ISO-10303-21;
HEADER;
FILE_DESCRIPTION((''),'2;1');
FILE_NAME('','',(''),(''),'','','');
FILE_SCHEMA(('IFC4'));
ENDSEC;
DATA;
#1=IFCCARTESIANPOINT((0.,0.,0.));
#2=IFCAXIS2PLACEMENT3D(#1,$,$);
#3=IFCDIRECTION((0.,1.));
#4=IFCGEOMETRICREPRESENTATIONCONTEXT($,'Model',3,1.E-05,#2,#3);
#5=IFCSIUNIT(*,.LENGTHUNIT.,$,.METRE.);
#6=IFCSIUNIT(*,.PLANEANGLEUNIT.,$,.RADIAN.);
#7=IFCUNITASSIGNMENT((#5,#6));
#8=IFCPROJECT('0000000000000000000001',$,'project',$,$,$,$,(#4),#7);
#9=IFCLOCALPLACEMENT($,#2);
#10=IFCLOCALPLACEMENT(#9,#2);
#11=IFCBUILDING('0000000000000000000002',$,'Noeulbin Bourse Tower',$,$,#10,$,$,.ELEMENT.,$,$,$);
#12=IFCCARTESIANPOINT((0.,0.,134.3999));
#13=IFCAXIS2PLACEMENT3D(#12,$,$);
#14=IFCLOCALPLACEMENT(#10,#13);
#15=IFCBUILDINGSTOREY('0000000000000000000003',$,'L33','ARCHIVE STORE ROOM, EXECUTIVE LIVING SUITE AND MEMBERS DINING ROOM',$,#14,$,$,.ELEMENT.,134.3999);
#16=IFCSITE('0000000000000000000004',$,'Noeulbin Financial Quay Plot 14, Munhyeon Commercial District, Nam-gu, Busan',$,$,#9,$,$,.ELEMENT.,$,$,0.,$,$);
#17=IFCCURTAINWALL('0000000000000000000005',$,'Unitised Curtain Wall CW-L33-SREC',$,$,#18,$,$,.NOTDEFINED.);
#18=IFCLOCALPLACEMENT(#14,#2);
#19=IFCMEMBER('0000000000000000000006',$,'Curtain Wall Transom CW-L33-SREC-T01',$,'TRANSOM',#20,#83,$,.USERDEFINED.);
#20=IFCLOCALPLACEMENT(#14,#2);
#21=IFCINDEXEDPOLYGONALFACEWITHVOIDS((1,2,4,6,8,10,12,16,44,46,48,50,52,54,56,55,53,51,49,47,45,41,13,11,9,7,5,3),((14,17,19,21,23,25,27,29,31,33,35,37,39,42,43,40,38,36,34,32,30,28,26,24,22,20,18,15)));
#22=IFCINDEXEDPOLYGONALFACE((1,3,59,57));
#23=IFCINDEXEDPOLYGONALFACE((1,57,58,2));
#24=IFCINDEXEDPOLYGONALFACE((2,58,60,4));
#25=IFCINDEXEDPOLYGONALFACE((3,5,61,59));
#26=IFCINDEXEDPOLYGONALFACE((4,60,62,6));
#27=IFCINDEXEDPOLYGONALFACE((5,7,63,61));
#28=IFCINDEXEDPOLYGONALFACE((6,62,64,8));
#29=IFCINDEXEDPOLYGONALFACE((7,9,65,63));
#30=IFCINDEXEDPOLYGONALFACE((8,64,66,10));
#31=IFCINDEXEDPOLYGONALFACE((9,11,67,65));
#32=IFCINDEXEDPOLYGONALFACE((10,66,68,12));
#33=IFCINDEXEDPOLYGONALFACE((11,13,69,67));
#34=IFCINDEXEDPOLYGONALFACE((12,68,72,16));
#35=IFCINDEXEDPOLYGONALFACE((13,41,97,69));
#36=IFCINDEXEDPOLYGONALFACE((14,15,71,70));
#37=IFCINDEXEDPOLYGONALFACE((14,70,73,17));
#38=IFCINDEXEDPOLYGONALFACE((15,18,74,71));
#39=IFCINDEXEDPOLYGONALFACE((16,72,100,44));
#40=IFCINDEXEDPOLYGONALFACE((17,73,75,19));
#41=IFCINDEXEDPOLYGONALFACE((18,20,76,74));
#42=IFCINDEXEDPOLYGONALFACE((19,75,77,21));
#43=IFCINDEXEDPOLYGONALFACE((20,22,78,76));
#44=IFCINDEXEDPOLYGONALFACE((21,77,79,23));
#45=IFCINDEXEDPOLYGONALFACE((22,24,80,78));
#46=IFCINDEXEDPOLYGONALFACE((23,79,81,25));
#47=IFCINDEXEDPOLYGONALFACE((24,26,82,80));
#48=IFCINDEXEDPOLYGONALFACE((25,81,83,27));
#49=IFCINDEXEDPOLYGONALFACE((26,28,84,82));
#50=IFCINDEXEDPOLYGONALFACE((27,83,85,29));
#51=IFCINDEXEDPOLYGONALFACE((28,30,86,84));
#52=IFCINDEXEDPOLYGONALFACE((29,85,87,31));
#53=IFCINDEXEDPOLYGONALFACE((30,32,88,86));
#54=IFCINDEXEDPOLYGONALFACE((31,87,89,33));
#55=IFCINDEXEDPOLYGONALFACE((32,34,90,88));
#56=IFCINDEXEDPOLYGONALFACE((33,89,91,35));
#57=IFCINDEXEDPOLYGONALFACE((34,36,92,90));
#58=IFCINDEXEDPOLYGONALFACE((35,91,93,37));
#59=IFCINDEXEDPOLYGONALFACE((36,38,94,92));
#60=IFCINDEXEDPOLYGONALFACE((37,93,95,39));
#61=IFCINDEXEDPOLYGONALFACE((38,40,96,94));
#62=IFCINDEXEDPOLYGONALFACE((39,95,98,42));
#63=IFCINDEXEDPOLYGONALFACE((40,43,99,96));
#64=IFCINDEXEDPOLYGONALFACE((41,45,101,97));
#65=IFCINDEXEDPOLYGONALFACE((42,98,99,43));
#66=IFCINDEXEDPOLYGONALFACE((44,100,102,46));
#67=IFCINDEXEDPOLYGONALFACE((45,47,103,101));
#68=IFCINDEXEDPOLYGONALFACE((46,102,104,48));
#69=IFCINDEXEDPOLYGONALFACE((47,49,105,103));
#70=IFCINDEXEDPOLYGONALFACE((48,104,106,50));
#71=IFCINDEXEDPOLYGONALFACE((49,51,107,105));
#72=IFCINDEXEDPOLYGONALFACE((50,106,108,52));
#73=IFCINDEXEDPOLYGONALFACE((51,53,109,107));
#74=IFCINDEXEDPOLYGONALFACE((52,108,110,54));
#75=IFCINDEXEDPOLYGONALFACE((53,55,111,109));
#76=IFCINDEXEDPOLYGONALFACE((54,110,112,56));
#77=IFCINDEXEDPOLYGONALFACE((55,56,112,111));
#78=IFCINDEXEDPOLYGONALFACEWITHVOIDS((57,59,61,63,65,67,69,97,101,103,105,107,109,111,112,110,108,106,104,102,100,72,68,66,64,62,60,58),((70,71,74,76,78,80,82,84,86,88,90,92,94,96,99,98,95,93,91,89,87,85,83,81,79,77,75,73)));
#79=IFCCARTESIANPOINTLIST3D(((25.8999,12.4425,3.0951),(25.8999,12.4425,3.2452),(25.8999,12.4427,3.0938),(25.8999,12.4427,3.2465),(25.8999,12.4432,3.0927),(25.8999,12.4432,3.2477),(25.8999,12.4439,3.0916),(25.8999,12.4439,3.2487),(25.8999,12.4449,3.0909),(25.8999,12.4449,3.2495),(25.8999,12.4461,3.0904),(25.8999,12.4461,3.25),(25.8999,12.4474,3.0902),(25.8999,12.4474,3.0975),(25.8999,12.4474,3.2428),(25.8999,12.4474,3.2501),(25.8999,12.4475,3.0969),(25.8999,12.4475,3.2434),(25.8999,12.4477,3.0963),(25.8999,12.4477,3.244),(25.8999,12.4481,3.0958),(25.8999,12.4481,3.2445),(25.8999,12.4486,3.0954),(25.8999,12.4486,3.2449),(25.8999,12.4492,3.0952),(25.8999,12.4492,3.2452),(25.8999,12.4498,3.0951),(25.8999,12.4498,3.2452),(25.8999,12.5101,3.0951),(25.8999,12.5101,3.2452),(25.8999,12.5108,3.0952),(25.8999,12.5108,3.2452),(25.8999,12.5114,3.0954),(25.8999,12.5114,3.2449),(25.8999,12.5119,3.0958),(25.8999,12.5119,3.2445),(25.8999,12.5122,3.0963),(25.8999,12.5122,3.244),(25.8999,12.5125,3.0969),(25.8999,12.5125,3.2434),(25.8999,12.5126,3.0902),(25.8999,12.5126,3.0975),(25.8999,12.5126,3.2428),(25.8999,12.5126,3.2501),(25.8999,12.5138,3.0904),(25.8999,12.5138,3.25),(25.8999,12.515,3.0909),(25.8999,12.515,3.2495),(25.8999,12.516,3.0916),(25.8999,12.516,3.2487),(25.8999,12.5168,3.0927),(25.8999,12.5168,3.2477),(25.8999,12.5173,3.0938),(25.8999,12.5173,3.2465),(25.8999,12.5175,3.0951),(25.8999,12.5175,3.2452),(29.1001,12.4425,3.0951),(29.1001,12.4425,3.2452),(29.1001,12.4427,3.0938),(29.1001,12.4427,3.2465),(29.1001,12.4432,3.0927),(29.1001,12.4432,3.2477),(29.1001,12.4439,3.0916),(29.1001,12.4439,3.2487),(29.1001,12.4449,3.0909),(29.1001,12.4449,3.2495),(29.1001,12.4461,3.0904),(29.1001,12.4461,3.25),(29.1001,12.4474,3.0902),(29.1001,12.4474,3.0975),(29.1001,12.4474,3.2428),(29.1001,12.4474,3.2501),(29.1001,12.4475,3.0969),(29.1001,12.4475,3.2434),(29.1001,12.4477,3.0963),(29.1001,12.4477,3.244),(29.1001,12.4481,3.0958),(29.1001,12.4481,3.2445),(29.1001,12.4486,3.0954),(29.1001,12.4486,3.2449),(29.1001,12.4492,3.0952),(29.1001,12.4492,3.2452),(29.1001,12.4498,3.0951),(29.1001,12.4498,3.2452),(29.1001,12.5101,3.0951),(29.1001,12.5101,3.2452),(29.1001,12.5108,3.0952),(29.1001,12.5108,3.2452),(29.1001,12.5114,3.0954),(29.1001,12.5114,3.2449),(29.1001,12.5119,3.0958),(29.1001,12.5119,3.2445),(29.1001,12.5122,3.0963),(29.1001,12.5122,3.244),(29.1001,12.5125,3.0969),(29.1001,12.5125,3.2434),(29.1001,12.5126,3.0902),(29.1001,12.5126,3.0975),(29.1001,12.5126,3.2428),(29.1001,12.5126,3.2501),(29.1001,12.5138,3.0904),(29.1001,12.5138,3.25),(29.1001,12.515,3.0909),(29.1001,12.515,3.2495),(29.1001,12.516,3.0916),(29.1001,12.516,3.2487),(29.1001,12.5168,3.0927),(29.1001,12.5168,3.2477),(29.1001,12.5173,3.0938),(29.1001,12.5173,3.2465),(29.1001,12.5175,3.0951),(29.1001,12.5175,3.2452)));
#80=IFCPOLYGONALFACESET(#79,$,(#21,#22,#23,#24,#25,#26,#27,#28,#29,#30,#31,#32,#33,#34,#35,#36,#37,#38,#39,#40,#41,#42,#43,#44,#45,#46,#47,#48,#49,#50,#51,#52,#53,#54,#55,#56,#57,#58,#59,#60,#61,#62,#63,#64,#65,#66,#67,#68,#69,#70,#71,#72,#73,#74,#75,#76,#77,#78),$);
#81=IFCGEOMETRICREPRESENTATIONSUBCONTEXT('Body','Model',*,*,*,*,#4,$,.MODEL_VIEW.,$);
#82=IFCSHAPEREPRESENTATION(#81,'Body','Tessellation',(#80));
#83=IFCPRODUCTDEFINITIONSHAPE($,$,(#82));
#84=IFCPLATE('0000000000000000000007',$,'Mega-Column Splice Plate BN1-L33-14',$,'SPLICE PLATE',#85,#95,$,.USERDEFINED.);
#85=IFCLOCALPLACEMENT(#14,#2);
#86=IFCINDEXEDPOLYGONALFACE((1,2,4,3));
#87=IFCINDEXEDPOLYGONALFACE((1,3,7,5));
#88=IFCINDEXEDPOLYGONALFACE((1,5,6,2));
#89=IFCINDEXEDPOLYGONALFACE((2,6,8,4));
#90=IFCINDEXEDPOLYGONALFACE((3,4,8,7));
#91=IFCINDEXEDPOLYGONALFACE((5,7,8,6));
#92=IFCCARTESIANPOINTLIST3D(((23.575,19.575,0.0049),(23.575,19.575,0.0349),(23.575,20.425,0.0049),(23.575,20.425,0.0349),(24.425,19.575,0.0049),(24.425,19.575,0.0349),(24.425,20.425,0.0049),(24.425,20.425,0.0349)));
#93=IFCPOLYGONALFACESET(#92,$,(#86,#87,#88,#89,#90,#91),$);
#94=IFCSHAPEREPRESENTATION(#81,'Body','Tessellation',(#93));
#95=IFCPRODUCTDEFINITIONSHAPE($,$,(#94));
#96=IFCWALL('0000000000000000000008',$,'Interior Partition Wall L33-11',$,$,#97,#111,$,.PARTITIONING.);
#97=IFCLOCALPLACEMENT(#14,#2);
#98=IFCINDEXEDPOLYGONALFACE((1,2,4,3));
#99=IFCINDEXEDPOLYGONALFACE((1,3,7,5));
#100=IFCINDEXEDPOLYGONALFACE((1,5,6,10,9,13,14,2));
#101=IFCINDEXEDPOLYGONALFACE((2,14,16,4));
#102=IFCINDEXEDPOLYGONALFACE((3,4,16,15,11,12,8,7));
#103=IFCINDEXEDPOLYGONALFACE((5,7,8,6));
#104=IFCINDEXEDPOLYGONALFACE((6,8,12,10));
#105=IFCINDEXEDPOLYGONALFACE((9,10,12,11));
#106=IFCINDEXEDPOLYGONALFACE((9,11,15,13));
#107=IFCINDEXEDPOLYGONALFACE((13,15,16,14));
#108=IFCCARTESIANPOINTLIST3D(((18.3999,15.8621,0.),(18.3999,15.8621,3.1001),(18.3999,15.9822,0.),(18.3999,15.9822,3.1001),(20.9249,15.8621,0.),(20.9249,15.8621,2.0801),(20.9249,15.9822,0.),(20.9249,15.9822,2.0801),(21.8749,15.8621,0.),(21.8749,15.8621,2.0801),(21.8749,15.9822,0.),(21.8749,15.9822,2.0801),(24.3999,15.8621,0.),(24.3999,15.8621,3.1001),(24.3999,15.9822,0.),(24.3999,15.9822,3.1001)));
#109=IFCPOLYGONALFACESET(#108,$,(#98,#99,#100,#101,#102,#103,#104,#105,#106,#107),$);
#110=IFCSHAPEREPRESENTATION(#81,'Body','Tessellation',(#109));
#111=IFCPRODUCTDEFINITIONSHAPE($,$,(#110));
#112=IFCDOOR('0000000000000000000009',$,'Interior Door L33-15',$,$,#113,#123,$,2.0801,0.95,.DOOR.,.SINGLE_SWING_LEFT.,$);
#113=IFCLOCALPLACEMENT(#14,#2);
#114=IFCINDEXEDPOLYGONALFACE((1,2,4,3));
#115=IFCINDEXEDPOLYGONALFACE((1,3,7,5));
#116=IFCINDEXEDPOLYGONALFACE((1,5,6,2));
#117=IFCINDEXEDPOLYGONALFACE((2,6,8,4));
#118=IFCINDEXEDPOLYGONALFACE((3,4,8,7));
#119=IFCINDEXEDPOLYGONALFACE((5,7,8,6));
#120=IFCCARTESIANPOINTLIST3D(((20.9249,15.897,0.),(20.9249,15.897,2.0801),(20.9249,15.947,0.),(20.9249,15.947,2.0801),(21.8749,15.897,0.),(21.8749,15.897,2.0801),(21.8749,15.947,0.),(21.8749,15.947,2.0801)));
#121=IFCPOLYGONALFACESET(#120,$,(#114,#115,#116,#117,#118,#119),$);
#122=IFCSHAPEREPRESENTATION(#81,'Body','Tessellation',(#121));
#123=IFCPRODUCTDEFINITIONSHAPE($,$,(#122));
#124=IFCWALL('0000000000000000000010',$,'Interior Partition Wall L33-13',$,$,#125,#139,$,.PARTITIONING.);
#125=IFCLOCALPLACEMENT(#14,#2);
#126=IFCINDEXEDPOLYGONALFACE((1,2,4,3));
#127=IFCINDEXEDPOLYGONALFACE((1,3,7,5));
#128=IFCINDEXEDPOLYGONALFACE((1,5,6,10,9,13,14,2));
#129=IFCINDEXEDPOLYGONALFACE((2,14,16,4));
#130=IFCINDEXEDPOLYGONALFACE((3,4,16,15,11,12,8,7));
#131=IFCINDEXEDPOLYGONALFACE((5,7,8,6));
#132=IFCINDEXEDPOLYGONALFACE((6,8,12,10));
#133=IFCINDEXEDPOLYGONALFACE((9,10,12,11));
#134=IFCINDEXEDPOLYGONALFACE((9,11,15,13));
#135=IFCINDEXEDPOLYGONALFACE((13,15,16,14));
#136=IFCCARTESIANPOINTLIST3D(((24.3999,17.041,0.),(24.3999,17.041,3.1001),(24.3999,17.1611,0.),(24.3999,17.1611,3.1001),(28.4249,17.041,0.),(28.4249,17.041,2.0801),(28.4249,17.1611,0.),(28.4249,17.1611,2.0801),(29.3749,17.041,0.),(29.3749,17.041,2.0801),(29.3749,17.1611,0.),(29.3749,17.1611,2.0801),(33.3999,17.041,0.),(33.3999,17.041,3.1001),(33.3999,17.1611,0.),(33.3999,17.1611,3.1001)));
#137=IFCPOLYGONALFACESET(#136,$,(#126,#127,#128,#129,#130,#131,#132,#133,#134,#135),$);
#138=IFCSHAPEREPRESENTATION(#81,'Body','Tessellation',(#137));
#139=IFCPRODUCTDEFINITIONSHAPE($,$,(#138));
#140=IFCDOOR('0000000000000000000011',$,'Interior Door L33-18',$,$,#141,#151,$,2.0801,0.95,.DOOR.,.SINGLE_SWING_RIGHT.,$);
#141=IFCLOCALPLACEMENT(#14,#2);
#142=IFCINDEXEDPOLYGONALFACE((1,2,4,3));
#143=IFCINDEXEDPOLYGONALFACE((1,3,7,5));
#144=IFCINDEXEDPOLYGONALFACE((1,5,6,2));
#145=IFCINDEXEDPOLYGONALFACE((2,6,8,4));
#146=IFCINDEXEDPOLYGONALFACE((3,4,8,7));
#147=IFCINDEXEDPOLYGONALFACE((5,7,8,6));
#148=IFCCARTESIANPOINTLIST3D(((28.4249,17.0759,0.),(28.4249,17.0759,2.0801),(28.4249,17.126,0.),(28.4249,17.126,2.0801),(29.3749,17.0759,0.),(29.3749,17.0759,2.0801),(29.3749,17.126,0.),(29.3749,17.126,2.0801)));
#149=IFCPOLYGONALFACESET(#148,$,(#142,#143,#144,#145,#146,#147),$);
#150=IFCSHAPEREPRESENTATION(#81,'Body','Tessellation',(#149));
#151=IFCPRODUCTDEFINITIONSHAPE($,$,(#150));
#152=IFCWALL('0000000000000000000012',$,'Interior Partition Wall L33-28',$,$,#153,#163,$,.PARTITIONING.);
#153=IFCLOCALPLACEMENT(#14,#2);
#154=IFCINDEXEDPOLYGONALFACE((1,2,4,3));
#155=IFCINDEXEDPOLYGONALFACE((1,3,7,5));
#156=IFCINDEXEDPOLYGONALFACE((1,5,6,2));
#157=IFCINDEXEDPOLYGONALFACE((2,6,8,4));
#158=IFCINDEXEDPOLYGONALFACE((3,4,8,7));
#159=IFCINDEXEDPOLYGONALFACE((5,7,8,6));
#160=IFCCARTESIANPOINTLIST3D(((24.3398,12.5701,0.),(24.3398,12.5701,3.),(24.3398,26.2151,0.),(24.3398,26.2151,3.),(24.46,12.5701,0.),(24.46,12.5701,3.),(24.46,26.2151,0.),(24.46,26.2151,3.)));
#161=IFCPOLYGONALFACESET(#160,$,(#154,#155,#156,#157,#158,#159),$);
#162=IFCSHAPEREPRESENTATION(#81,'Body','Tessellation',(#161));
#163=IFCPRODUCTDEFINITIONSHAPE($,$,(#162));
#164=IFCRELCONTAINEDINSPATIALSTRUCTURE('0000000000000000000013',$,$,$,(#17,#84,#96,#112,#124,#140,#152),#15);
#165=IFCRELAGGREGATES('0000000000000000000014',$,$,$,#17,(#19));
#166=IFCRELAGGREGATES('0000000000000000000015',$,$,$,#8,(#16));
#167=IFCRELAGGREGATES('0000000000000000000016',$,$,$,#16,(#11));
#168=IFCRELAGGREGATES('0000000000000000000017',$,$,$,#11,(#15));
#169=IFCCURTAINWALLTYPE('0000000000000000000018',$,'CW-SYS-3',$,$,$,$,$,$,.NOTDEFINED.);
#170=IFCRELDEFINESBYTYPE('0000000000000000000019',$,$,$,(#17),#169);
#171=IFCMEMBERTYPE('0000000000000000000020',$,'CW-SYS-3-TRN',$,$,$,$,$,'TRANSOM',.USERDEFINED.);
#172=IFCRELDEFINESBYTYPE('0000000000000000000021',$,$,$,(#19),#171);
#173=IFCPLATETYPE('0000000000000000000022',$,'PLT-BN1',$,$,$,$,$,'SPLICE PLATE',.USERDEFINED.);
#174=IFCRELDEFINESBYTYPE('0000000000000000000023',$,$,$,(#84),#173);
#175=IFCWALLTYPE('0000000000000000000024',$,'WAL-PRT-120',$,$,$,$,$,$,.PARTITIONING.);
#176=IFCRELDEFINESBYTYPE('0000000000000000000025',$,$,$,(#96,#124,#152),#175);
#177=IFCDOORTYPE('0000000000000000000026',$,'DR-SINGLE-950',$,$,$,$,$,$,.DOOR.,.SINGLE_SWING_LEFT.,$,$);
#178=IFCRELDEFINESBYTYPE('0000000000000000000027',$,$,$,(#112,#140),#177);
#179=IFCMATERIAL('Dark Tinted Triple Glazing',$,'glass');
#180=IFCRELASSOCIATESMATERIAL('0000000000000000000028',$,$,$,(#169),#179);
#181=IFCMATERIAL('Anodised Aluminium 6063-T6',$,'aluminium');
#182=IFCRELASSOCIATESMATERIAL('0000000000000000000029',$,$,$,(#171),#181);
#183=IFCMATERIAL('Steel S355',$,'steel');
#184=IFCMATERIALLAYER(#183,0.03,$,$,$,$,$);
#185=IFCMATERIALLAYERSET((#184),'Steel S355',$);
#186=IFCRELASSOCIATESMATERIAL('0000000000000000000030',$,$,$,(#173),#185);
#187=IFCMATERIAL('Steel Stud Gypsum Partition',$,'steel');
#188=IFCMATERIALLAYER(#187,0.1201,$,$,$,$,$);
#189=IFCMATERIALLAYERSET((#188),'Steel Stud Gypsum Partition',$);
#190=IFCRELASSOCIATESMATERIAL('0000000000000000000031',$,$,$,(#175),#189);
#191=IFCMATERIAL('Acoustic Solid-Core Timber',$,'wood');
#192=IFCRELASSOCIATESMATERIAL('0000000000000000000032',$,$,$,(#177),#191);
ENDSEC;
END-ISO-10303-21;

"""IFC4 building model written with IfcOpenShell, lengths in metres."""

from ifc_helpers import new_model, si_unit, direction, frame, frame_2d, origin, origin_2d, place, context, subcontext, project, spatial, rectangle, hollow_rectangle, extrude, material, layer, layer_set, material_profile, profile_set, type_object, element, fill, aggregate, save


model = new_model("IFC4")

# Units and contexts
model_context = context("Model", 3, precision=1e-05, world=origin(), true_north=direction((0.0, 1.0)))
body_context = subcontext(model_context, "Body", "Model", "MODEL_VIEW")
ifc_project = project(units=[si_unit("LENGTHUNIT", "METRE"), si_unit("PLANEANGLEUNIT", "RADIAN")], contexts=[model_context])

# Site, building, storey
site_placement = place(None, origin())
site = spatial("IfcSite", under=ifc_project, at=site_placement, Name="Noeulbin Financial Quay Plot 14, Munhyeon Commercial District, Nam-gu, Busan", CompositionType="ELEMENT", RefElevation=0.0)
building_placement = place(site_placement, origin())
building = spatial("IfcBuilding", under=site, at=building_placement, Name="Noeulbin Bourse Tower", CompositionType="ELEMENT")
storey_placement = place(building_placement, frame((0.0, 0.0, 134.3999)))
storey = spatial("IfcBuildingStorey", under=building, at=storey_placement, Name="L33", Description="ARCHIVE STORE ROOM, EXECUTIVE LIVING SUITE AND MEMBERS DINING ROOM", CompositionType="ELEMENT", Elevation=134.3999)

# Shared definitions
ifc_material_1 = material(Name="Steel S355", Category="steel")

# Curtain wall, member
ifc_material_2 = material(Name="Dark Tinted Triple Glazing", Category="glass")
curtain_wall_type = type_object("IfcCurtainWallType", Name="CW-SYS-3", PredefinedType="NOTDEFINED", material=ifc_material_2)
curtain_wall_placement = place(storey_placement, origin())
curtain_wall = element("IfcCurtainWall", 1, at=curtain_wall_placement, inside=storey, type_object=curtain_wall_type, Name="Unitised Curtain Wall CW-L33-SREC", PredefinedType="NOTDEFINED")
ifc_material_3 = material(Name="Anodised Aluminium 6063-T6", Category="aluminium")
ifc_material_profile_1 = material_profile(ifc_material_3, hollow_rectangle(XDim=0.075, YDim=0.1599, WallThickness=0.0049, InnerFilletRadius=0.0024, OuterFilletRadius=0.0049, at=origin_2d()), Name="ALU-TRAN-75x160x5", Category="LoadBearing")
ifc_profile_set_1 = profile_set([ifc_material_profile_1], Name="Anodised Aluminium 6063-T6")
member_type_1 = type_object("IfcMemberType", Name="CW-SYS-3-TRN", ElementType="TRANSOM", PredefinedType="USERDEFINED", material=ifc_profile_set_1)
member_1_placement = place(storey_placement, frame((25.8999, 12.48, 3.1702), z_axis=(1.0, 0.0, 0.0), x_axis=(0.0, 1.0, 0.0)))
member_1 = element("IfcMember", 2, at=member_1_placement, type_object=member_type_1, Name="Curtain Wall Transom CW-L33-SREC-T01", ObjectType="TRANSOM", PredefinedType="USERDEFINED", context=body_context, shape_type="SweptSolid", body=[
    extrude(hollow_rectangle(XDim=0.075, YDim=0.1599, WallThickness=0.0049, InnerFilletRadius=0.0024, OuterFilletRadius=0.0049, at=origin_2d()), origin(), (0.0, 0.0, 1.0), 3.2002),
])
aggregate(curtain_wall, [member_1])

# Plate
ifc_layer_1 = layer(ifc_material_1, 0.03)
ifc_layer_set_1 = layer_set([ifc_layer_1], Name="Steel S355")
plate_type = type_object("IfcPlateType", Name="PLT-BN1", ElementType="SPLICE PLATE", PredefinedType="USERDEFINED", material=ifc_layer_set_1)
plate_placement = place(storey_placement, frame((24.0, 20.0, 0.0049), z_axis=(0.0, 0.0, 1.0), x_axis=(1.0, 0.0, 0.0)))
element("IfcPlate", 3, at=plate_placement, inside=storey, type_object=plate_type, Name="Mega-Column Splice Plate BN1-L33-14", ObjectType="SPLICE PLATE", PredefinedType="USERDEFINED", context=body_context, shape_type="SweptSolid", body=[
    extrude(rectangle(XDim=0.8501, YDim=0.8501, at=origin_2d()), origin(), (0.0, 0.0, 1.0), 0.03),
])

# Walls, openings, doors
ifc_material_4 = material(Name="Steel Stud Gypsum Partition", Category="steel")
ifc_layer_2 = layer(ifc_material_4, 0.1201)
ifc_layer_set_2 = layer_set([ifc_layer_2], Name="Steel Stud Gypsum Partition")
wall_type = type_object("IfcWallType", Name="WAL-PRT-120", PredefinedType="PARTITIONING", material=ifc_layer_set_2)
wall_1_placement = place(storey_placement, frame((18.3999, 15.9221, 0.0), z_axis=(0.0, 0.0, 1.0), x_axis=(1.0, 0.0, 0.0)))
wall_1 = element("IfcWall", 4, at=wall_1_placement, inside=storey, type_object=wall_type, Name="Interior Partition Wall L33-11", PredefinedType="PARTITIONING", context=body_context, shape_type="SweptSolid", body=[
    extrude(rectangle(XDim=6.0, YDim=0.1201, at=frame_2d((3.0, 0.0))), origin(), (0.0, 0.0, 1.0), 3.1001),
])
opening_1_placement = place(wall_1_placement, frame((2.5249, 0.0, 0.0)))
opening_1 = element("IfcOpeningElement", 5, at=opening_1_placement, cuts=wall_1, PredefinedType="OPENING", context=body_context, shape_type="SweptSolid", body=[
    extrude(rectangle(XDim=0.95, YDim=2.0801, at=frame_2d((0.4751, 1.04))), frame((0.0, 0.0701, 0.0), z_axis=(0.0, -1.0, 0.0), x_axis=(1.0, 0.0, 0.0)), (0.0, 0.0, 1.0), 0.1401),
])
ifc_material_5 = material(Name="Acoustic Solid-Core Timber", Category="wood")
door_type = type_object("IfcDoorType", Name="DR-SINGLE-950", OperationType="SINGLE_SWING_LEFT", PredefinedType="DOOR", material=ifc_material_5)
door_1_placement = place(opening_1_placement, origin())
door_1 = element("IfcDoor", 6, at=door_1_placement, inside=storey, type_object=door_type, Name="Interior Door L33-15", OperationType="SINGLE_SWING_LEFT", OverallHeight=2.0801, OverallWidth=0.95, PredefinedType="DOOR", context=body_context, shape_type="SweptSolid", body=[
    extrude(rectangle(XDim=0.95, YDim=2.0801, at=frame_2d((0.4751, 1.04))), frame((0.0, 0.0249, 0.0), z_axis=(0.0, -1.0, 0.0), x_axis=(1.0, 0.0, 0.0)), (0.0, 0.0, 1.0), 0.05),
])
fill(opening_1, door_1)
wall_2_placement = place(storey_placement, frame((24.3999, 17.1011, 0.0), z_axis=(0.0, 0.0, 1.0), x_axis=(1.0, 0.0, 0.0)))
wall_2 = element("IfcWall", 7, at=wall_2_placement, inside=storey, type_object=wall_type, Name="Interior Partition Wall L33-13", PredefinedType="PARTITIONING", context=body_context, shape_type="SweptSolid", body=[
    extrude(rectangle(XDim=9.0, YDim=0.1201, at=frame_2d((4.5, 0.0))), origin(), (0.0, 0.0, 1.0), 3.1001),
])
opening_2_placement = place(wall_2_placement, frame((4.0249, 0.0, 0.0)))
opening_2 = element("IfcOpeningElement", 8, at=opening_2_placement, cuts=wall_2, PredefinedType="OPENING", context=body_context, shape_type="SweptSolid", body=[
    extrude(rectangle(XDim=0.95, YDim=2.0801, at=frame_2d((0.4751, 1.04))), frame((0.0, 0.0701, 0.0), z_axis=(0.0, -1.0, 0.0), x_axis=(1.0, 0.0, 0.0)), (0.0, 0.0, 1.0), 0.1401),
])
door_2_placement = place(opening_2_placement, origin())
door_2 = element("IfcDoor", 9, at=door_2_placement, inside=storey, type_object=door_type, Name="Interior Door L33-18", OperationType="SINGLE_SWING_RIGHT", OverallHeight=2.0801, OverallWidth=0.95, PredefinedType="DOOR", context=body_context, shape_type="SweptSolid", body=[
    extrude(rectangle(XDim=0.95, YDim=2.0801, at=frame_2d((0.4751, 1.04))), frame((0.0, 0.0249, 0.0), z_axis=(0.0, -1.0, 0.0), x_axis=(1.0, 0.0, 0.0)), (0.0, 0.0, 1.0), 0.05),
])
fill(opening_2, door_2)

# Wall
wall_3_placement = place(storey_placement, frame((24.3999, 12.5701, 0.0), z_axis=(0.0, 0.0, 1.0), x_axis=(0.0, 1.0, 0.0)))
element("IfcWall", 10, at=wall_3_placement, inside=storey, type_object=wall_type, Name="Interior Partition Wall L33-28", PredefinedType="PARTITIONING", context=body_context, shape_type="SweptSolid", body=[
    extrude(rectangle(XDim=13.645, YDim=0.1201, at=frame_2d((6.8225, 0.0))), origin(), (0.0, 0.0, 1.0), 3.0),
])

save(model, "model.ifc")
